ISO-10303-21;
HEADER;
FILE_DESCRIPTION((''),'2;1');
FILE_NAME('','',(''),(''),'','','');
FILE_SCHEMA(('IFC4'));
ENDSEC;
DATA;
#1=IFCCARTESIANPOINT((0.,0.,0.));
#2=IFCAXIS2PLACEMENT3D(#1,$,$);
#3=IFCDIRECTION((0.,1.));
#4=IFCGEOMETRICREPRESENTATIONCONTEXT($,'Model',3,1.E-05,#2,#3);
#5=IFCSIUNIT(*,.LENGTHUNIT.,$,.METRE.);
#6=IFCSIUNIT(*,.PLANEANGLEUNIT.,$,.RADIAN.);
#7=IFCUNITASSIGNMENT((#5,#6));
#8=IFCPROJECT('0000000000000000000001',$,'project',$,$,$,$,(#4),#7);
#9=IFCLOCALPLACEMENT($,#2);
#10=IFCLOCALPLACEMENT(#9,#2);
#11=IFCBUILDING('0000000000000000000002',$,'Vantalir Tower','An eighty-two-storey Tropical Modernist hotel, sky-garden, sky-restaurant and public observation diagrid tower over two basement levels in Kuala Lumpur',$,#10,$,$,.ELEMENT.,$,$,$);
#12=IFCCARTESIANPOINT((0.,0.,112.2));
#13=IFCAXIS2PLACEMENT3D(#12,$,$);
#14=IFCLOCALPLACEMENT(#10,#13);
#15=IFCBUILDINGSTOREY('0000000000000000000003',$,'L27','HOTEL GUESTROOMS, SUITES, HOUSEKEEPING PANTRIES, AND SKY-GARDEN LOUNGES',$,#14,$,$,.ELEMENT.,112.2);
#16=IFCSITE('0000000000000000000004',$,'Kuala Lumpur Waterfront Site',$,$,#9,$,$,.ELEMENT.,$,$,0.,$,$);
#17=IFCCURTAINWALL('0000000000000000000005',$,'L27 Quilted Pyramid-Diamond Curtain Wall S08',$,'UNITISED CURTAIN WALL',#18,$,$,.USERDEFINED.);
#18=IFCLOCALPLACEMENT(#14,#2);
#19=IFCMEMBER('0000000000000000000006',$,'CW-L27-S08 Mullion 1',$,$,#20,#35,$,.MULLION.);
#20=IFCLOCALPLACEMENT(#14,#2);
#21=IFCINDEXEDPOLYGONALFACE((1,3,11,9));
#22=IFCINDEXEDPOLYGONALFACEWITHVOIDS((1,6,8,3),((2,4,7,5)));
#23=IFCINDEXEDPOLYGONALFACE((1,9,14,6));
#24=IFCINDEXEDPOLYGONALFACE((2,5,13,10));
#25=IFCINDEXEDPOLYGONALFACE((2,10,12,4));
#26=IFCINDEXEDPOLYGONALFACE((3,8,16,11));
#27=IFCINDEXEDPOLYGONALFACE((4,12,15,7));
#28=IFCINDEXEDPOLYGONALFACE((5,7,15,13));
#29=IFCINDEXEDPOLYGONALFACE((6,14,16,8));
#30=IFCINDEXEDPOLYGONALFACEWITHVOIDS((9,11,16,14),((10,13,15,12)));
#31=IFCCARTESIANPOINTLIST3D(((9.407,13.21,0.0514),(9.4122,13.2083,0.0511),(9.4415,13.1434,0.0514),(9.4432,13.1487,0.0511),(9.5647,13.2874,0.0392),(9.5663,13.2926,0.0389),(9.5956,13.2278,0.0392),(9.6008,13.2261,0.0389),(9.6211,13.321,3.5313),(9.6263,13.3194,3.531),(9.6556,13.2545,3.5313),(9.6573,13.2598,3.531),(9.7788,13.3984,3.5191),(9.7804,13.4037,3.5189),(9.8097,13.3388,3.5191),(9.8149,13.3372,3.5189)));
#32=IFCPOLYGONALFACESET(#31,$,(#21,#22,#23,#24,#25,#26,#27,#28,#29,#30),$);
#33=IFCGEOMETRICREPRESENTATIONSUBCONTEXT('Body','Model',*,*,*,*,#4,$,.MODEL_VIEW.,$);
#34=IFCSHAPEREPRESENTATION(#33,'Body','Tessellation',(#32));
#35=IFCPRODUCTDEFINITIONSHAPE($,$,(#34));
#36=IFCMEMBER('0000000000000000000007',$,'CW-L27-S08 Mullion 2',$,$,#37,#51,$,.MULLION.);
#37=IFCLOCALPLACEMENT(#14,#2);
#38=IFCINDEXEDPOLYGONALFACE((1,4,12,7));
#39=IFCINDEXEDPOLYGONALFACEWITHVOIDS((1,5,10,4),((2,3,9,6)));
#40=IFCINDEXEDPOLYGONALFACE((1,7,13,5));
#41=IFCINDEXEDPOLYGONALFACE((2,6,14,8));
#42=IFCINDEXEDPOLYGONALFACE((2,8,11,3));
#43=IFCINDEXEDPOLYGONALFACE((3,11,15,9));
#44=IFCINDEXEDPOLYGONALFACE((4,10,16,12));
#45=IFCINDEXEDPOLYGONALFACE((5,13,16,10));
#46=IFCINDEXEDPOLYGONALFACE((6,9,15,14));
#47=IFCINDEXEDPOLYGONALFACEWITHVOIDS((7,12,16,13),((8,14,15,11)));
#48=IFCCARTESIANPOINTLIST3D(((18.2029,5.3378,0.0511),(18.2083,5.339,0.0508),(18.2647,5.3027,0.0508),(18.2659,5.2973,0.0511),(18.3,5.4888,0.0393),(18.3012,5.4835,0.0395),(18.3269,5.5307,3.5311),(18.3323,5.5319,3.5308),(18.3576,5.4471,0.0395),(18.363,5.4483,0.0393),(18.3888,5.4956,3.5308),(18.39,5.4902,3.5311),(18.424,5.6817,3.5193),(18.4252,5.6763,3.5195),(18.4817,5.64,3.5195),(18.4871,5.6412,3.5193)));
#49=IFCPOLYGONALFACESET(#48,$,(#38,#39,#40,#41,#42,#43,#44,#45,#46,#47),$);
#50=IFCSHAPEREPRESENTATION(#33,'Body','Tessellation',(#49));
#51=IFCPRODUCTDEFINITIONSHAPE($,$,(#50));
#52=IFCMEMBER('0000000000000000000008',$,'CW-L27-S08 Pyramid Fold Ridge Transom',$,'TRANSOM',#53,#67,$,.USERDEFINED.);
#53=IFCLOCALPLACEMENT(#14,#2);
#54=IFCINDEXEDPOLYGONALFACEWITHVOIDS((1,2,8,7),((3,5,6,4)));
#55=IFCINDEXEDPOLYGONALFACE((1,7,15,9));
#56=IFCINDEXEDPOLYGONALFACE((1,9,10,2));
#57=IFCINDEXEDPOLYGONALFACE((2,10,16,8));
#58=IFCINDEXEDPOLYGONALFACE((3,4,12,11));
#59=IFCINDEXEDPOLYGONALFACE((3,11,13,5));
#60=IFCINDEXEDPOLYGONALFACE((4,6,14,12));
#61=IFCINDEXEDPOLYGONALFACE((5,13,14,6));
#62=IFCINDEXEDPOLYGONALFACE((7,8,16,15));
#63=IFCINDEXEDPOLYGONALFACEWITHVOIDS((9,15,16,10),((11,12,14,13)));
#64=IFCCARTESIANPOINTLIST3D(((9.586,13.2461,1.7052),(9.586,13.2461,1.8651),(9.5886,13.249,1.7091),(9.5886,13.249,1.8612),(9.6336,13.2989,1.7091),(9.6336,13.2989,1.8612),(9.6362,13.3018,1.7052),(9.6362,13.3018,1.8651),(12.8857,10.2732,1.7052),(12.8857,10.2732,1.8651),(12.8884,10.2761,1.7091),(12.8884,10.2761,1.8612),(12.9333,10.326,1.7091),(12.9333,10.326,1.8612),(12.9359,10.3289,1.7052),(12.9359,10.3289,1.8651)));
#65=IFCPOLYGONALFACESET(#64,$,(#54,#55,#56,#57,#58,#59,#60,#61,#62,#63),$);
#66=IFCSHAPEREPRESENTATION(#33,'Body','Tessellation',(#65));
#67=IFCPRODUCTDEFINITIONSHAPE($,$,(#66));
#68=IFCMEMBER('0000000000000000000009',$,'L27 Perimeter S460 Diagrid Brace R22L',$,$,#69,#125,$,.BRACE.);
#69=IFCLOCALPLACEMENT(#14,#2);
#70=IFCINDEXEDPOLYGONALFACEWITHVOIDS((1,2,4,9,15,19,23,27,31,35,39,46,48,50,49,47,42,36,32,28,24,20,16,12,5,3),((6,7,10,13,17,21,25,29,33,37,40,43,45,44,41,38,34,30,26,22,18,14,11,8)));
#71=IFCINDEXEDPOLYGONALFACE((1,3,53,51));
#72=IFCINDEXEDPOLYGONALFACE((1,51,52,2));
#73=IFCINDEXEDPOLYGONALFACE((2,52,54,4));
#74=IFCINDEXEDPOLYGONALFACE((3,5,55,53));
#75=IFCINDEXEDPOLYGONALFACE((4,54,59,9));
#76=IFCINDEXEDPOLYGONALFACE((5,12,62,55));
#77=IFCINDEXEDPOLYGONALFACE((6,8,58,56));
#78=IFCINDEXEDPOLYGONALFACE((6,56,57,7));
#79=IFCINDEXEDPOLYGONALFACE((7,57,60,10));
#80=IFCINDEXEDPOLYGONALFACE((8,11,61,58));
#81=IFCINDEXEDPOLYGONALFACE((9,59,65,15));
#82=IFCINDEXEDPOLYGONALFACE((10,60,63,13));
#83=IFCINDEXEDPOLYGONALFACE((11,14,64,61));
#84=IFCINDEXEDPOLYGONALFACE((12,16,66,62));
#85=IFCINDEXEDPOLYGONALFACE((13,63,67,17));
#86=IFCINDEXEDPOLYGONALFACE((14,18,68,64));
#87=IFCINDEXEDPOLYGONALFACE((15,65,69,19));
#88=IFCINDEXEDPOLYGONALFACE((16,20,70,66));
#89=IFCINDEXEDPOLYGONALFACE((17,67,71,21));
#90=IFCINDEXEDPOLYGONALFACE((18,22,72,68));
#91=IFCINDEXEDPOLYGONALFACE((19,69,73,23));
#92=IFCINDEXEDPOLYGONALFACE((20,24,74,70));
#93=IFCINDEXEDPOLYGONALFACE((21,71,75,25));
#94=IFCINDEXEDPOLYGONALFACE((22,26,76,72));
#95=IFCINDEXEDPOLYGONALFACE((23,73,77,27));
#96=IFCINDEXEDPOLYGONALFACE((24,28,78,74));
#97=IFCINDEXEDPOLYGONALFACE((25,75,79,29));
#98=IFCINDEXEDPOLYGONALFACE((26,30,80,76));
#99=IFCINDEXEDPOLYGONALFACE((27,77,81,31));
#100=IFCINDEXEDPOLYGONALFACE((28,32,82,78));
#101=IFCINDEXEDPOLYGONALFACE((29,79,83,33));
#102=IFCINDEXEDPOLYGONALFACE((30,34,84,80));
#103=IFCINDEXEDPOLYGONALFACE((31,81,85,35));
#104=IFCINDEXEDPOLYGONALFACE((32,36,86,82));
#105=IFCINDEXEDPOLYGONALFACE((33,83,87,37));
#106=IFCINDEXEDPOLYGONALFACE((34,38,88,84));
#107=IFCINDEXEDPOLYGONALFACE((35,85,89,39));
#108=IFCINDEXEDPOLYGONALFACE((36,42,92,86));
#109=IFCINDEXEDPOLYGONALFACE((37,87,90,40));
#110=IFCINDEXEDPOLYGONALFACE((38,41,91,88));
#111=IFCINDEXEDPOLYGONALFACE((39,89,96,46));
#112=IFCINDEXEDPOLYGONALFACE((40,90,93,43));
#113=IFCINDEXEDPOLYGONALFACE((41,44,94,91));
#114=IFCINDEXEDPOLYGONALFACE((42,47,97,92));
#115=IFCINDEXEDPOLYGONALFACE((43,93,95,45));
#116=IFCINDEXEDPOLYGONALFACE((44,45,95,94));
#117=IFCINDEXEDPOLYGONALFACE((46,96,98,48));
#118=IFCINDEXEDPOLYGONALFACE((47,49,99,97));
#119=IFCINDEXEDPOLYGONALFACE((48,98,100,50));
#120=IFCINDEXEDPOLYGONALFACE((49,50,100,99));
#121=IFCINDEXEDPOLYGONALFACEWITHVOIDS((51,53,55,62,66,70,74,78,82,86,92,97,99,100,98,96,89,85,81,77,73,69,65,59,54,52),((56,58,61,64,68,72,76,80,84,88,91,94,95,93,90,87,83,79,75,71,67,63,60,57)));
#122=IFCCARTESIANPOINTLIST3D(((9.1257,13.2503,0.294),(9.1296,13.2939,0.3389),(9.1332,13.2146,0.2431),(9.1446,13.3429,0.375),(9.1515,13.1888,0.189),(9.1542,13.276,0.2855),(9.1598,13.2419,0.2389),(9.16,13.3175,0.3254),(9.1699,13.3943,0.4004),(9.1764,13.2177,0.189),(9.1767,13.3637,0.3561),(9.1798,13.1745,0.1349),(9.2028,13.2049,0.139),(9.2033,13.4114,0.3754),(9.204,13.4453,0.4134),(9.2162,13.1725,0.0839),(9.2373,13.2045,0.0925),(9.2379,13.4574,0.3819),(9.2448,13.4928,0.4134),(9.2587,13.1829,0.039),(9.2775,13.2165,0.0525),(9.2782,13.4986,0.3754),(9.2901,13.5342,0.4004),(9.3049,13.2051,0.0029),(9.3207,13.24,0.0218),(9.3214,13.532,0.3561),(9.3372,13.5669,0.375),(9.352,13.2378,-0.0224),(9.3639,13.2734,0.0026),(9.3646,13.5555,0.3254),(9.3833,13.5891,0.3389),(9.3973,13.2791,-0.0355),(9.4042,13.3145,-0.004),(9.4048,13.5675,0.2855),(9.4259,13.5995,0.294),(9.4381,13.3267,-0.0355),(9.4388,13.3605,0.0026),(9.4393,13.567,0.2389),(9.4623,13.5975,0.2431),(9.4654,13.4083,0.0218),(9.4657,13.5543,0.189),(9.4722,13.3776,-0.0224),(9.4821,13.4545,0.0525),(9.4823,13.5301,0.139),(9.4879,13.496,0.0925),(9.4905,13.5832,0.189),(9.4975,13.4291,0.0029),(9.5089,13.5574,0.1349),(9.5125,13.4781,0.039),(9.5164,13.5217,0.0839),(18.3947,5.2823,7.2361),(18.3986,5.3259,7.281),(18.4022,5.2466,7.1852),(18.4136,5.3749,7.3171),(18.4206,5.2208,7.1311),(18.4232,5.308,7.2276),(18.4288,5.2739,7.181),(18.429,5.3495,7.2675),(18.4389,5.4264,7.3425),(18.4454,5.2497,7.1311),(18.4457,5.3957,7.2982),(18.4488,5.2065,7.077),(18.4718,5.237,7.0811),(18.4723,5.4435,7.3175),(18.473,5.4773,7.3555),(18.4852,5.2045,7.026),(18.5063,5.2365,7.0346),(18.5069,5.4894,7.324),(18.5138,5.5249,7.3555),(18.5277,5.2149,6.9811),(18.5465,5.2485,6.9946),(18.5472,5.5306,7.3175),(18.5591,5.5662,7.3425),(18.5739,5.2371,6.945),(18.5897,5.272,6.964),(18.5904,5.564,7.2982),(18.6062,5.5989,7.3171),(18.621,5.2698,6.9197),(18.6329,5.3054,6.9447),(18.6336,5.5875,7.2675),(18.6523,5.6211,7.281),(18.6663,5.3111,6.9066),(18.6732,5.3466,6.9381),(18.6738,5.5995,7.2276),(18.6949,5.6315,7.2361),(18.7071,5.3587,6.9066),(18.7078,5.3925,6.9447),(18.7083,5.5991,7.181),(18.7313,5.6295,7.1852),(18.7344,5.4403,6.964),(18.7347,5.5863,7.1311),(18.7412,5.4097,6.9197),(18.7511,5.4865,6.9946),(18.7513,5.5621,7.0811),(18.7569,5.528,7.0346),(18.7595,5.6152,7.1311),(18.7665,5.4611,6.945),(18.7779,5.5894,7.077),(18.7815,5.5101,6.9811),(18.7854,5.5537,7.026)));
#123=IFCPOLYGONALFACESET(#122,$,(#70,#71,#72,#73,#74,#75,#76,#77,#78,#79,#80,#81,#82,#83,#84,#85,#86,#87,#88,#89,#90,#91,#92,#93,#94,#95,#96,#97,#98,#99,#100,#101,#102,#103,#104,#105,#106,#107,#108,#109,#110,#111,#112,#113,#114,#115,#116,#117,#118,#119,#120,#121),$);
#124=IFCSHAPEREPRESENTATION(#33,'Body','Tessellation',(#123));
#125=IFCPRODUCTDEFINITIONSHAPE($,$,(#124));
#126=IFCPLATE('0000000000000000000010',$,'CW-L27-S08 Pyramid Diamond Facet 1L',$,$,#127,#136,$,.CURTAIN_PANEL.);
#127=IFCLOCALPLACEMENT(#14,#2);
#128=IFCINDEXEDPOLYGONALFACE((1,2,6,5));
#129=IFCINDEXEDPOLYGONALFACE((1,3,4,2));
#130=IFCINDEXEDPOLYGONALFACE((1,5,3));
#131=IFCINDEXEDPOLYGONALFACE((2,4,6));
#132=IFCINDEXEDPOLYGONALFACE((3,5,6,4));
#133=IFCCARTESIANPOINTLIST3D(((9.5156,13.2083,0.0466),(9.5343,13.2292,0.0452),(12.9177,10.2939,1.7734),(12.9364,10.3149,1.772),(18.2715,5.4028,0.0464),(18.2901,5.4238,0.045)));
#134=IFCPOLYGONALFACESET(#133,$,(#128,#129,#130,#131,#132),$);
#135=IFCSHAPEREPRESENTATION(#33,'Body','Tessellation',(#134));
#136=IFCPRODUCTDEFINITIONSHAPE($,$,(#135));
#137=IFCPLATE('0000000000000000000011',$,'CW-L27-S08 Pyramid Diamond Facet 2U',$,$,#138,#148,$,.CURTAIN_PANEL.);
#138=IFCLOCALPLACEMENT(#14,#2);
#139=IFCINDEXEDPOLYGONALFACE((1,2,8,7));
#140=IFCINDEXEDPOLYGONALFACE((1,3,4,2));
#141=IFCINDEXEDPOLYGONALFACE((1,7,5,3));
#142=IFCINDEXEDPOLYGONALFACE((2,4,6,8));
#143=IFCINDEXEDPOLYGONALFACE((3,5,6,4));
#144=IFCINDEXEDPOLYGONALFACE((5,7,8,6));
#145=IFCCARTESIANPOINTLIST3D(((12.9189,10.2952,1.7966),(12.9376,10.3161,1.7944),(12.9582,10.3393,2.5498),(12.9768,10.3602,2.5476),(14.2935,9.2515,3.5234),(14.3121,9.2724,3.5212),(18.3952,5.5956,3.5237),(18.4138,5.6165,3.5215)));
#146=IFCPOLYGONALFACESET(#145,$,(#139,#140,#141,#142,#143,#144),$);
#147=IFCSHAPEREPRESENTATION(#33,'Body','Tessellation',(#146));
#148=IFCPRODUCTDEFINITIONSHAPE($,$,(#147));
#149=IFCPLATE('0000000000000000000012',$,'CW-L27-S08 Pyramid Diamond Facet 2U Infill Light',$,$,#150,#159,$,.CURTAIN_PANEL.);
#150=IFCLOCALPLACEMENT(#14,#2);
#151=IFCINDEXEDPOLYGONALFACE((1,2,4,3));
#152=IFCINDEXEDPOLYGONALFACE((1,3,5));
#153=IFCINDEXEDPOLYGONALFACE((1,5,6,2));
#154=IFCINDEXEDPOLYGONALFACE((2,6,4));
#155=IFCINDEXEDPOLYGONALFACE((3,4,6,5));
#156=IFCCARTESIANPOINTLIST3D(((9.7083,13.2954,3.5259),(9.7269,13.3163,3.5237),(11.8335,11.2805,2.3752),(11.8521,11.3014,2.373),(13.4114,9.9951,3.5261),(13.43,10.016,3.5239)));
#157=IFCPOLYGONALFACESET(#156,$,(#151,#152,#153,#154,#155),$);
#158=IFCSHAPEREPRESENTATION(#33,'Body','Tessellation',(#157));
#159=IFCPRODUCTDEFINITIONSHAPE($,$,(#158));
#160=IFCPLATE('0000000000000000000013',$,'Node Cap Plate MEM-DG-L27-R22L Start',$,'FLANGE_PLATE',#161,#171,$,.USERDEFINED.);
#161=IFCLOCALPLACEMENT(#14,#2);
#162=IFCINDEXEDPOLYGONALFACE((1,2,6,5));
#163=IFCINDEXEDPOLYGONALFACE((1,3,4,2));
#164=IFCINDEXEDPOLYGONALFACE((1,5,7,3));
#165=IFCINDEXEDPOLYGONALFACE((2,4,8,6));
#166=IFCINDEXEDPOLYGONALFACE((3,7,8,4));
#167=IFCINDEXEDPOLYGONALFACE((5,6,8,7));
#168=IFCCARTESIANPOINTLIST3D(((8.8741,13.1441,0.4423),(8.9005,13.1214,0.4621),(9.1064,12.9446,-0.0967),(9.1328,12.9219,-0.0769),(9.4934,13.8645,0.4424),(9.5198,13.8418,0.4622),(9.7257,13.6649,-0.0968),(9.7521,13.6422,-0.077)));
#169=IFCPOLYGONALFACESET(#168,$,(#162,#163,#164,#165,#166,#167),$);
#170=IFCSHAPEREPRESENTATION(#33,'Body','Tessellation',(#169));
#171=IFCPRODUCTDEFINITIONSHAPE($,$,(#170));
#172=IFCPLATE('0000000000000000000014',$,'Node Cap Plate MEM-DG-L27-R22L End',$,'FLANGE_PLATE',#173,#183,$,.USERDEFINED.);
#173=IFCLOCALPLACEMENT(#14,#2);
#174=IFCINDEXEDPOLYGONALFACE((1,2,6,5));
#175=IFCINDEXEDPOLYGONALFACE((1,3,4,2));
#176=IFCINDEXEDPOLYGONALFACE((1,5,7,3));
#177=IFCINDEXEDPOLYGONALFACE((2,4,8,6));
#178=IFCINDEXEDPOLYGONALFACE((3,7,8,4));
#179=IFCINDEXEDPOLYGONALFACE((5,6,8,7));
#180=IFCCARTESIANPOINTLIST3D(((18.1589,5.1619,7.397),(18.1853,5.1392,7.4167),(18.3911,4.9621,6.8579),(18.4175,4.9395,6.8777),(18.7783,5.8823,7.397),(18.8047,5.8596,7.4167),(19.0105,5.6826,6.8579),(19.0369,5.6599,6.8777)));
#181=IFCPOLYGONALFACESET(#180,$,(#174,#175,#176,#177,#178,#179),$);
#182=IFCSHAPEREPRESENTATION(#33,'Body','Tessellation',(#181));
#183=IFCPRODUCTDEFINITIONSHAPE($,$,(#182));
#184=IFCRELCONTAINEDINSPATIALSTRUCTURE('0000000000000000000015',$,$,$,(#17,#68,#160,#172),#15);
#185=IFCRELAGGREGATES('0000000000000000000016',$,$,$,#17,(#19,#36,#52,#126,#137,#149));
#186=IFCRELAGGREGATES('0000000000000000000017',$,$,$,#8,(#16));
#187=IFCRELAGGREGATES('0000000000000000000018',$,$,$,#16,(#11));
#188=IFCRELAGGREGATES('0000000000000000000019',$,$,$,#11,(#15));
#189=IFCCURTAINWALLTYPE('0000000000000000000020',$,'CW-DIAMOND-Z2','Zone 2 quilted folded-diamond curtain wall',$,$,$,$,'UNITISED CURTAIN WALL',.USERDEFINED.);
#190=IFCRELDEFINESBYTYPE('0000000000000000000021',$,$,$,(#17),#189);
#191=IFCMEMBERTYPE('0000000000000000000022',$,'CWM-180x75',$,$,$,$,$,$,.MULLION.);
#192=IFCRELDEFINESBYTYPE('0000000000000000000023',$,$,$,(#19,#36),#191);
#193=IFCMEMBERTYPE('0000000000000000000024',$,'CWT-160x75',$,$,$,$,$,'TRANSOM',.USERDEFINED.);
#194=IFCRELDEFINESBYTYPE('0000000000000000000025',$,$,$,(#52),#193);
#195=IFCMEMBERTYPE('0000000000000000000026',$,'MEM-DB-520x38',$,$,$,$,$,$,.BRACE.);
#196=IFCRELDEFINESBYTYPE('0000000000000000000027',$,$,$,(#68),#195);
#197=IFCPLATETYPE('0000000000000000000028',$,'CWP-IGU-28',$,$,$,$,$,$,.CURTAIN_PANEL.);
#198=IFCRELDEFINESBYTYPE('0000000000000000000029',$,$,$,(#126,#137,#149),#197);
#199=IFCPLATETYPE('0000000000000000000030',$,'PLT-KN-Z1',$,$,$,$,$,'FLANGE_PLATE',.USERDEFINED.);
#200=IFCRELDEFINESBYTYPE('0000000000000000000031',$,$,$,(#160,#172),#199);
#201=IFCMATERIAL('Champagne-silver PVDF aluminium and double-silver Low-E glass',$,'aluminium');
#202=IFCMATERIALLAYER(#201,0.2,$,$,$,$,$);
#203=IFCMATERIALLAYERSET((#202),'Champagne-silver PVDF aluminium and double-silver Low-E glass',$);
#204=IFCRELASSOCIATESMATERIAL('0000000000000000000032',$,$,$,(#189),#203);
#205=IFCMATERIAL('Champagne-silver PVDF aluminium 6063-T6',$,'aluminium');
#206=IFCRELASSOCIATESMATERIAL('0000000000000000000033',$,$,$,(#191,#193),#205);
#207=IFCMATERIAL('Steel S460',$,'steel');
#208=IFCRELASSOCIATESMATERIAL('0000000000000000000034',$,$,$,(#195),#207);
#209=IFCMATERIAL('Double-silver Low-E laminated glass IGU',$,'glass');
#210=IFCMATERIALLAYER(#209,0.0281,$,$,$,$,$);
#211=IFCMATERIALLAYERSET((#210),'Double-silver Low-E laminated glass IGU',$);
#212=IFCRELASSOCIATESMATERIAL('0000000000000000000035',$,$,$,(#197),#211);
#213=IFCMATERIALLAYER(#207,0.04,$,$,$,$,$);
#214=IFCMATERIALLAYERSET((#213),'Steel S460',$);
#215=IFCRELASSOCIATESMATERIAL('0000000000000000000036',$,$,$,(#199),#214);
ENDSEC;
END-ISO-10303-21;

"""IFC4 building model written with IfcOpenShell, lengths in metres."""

from ifc_helpers import new_model, si_unit, direction, frame, origin, origin_2d, place, context, subcontext, project, spatial, polyline, hollow_rectangle, hollow_circle, outline, extrude, material, layer, layer_set, material_profile, profile_set, type_object, element, aggregate, save


model = new_model("IFC4")

# Units and contexts
model_context = context("Model", 3, precision=1e-05, world=origin(), true_north=direction((0.0, 1.0)))
body_context = subcontext(model_context, "Body", "Model", "MODEL_VIEW")
ifc_project = project(units=[si_unit("LENGTHUNIT", "METRE"), si_unit("PLANEANGLEUNIT", "RADIAN")], contexts=[model_context])

# Site, building, storey
site_placement = place(None, origin())
site = spatial("IfcSite", under=ifc_project, at=site_placement, Name="Kuala Lumpur Waterfront Site", CompositionType="ELEMENT", RefElevation=0.0)
building_placement = place(site_placement, origin())
building = spatial("IfcBuilding", under=site, at=building_placement, Name="Vantalir Tower", Description="An eighty-two-storey Tropical Modernist hotel, sky-garden, sky-restaurant and public observation diagrid tower over two basement levels in Kuala Lumpur", CompositionType="ELEMENT")
storey_placement = place(building_placement, frame((0.0, 0.0, 112.2)))
storey = spatial("IfcBuildingStorey", under=building, at=storey_placement, Name="L27", Description="HOTEL GUESTROOMS, SUITES, HOUSEKEEPING PANTRIES, AND SKY-GARDEN LOUNGES", CompositionType="ELEMENT", Elevation=112.2)

# Curtain wall, members
ifc_material_1 = material(Name="Champagne-silver PVDF aluminium and double-silver Low-E glass", Category="aluminium")
ifc_layer_1 = layer(ifc_material_1, 0.2)
ifc_layer_set_1 = layer_set([ifc_layer_1], Name="Champagne-silver PVDF aluminium and double-silver Low-E glass")
curtain_wall_type = type_object("IfcCurtainWallType", Name="CW-DIAMOND-Z2", Description="Zone 2 quilted folded-diamond curtain wall", ElementType="UNITISED CURTAIN WALL", PredefinedType="USERDEFINED", material=ifc_layer_set_1)
curtain_wall_placement = place(storey_placement, origin())
curtain_wall = element("IfcCurtainWall", 1, at=curtain_wall_placement, inside=storey, type_object=curtain_wall_type, Name="L27 Quilted Pyramid-Diamond Curtain Wall S08", ObjectType="UNITISED CURTAIN WALL", PredefinedType="USERDEFINED")
ifc_material_2 = material(Name="Champagne-silver PVDF aluminium 6063-T6", Category="aluminium")
ifc_material_profile_1 = material_profile(ifc_material_2, hollow_rectangle(XDim=0.075, YDim=0.1799, WallThickness=0.0039, at=origin_2d()), Name="Champagne-silver PVDF aluminium 6063-T6")
ifc_profile_set_1 = profile_set([ifc_material_profile_1], Name="Champagne-silver PVDF aluminium 6063-T6")
member_type_1 = type_object("IfcMemberType", Name="CWM-180x75", PredefinedType="MULLION", material=ifc_profile_set_1)
member_1_placement = place(storey_placement, frame((9.5039, 13.218, 0.0452), z_axis=(0.061379, 0.031844, 0.997606), x_axis=(-0.460524, 0.887647, 0.0)))
member_1 = element("IfcMember", 2, at=member_1_placement, type_object=member_type_1, Name="CW-L27-S08 Mullion 1", PredefinedType="MULLION", context=body_context, shape_type="SweptSolid", body=[
    extrude(hollow_rectangle(XDim=0.075, YDim=0.1799, WallThickness=0.0039, at=origin_2d()), origin(), (0.0, 0.0, 1.0), 3.4883),
])
member_2_placement = place(storey_placement, frame((18.283, 5.3931, 0.0452), z_axis=(0.035562, 0.055303, 0.997836), x_axis=(-0.841109, 0.540865, 0.0)))
member_2 = element("IfcMember", 3, at=member_2_placement, type_object=member_type_1, Name="CW-L27-S08 Mullion 2", PredefinedType="MULLION", context=body_context, shape_type="SweptSolid", body=[
    extrude(hollow_rectangle(XDim=0.075, YDim=0.1799, WallThickness=0.0039, at=origin_2d()), origin(), (0.0, 0.0, 1.0), 3.4875),
])
ifc_material_profile_2 = material_profile(ifc_material_2, hollow_rectangle(XDim=0.075, YDim=0.1599, WallThickness=0.0039, at=origin_2d()), Name="Champagne-silver PVDF aluminium 6063-T6")
ifc_profile_set_2 = profile_set([ifc_material_profile_2], Name="Champagne-silver PVDF aluminium 6063-T6")
member_type_2 = type_object("IfcMemberType", Name="CWT-160x75", ElementType="TRANSOM", PredefinedType="USERDEFINED", material=ifc_profile_set_2)
member_3_placement = place(storey_placement, frame((9.6111, 13.2739, 1.7852), z_axis=(0.74295, -0.669347, 0.0), x_axis=(0.669347, 0.74295, 0.0)))
member_3 = element("IfcMember", 4, at=member_3_placement, type_object=member_type_2, Name="CW-L27-S08 Pyramid Fold Ridge Transom", ObjectType="TRANSOM", PredefinedType="USERDEFINED", context=body_context, shape_type="SweptSolid", body=[
    extrude(hollow_rectangle(XDim=0.075, YDim=0.1599, WallThickness=0.0039, at=origin_2d()), origin(), (0.0, 0.0, 1.0), 4.4414),
])

# Member
ifc_material_3 = material(Name="Steel S460", Category="steel")
ifc_material_profile_3 = material_profile(ifc_material_3, hollow_circle(Radius=0.26, WallThickness=0.0381, at=origin_2d()), Name="Steel S460")
ifc_profile_set_3 = profile_set([ifc_material_profile_3], Name="Steel S460")
member_type_3 = type_object("IfcMemberType", Name="MEM-DB-520x38", PredefinedType="BRACE", material=ifc_profile_set_3)
member_4_placement = place(storey_placement, frame((9.321, 13.386, 0.189), z_axis=(0.659392, -0.566838, 0.493858), x_axis=(0.651881, 0.758321, 0.0)))
element("IfcMember", 5, at=member_4_placement, inside=storey, type_object=member_type_3, Name="L27 Perimeter S460 Diagrid Brace R22L", PredefinedType="BRACE", context=body_context, shape_type="SweptSolid", body=[
    extrude(hollow_circle(Radius=0.26, WallThickness=0.0381, at=origin_2d()), origin(), (0.0, 0.0, 1.0), 14.0569),
])

# Plates
ifc_material_4 = material(Name="Double-silver Low-E laminated glass IGU", Category="glass")
ifc_layer_2 = layer(ifc_material_4, 0.0281)
ifc_layer_set_2 = layer_set([ifc_layer_2], Name="Double-silver Low-E laminated glass IGU")
plate_type_1 = type_object("IfcPlateType", Name="CWP-IGU-28", PredefinedType="CURTAIN_PANEL", material=ifc_layer_set_2)
plate_1_placement = place(storey_placement, frame((9.5156, 13.2083, 0.0466), z_axis=(-0.66456, -0.745482, 0.051154), x_axis=(0.746459, -0.665432, -0.000021)))
plate_1 = element("IfcPlate", 6, at=plate_1_placement, type_object=plate_type_1, Name="CW-L27-S08 Pyramid Diamond Facet 1L", PredefinedType="CURTAIN_PANEL", context=body_context, shape_type="SweptSolid", body=[
    extrude(outline(polyline([(0.0, 0.0), (11.7299, 0.0), (4.4788, 1.7292), (0.0, 0.0)])), origin(), (0.0, 0.0, -1.0), 0.0281),
])
plate_2_placement = place(storey_placement, frame((14.2935, 9.2515, 3.5234), z_axis=(-0.663328, -0.744234, 0.078175), x_axis=(0.746521, -0.665362, 0.000046)))
plate_2 = element("IfcPlate", 7, at=plate_2_placement, type_object=plate_type_1, Name="CW-L27-S08 Pyramid Diamond Facet 2U", PredefinedType="CURTAIN_PANEL", context=body_context, shape_type="SweptSolid", body=[
    extrude(outline(polyline([(0.0, 0.0), (5.4945, 0.0), (-1.7206, -1.732), (-1.7206, -0.9765), (0.0, 0.0)])), origin(), (0.0, 0.0, -1.0), 0.0281),
])
plate_3_placement = place(storey_placement, frame((9.7083, 13.2954, 3.5259), z_axis=(-0.663303, -0.744259, 0.07815), x_axis=(0.746545, -0.665335, 0.000049)))
plate_3 = element("IfcPlate", 8, at=plate_3_placement, type_object=plate_type_1, Name="CW-L27-S08 Pyramid Diamond Facet 2U Infill Light", PredefinedType="CURTAIN_PANEL", context=body_context, shape_type="SweptSolid", body=[
    extrude(outline(polyline([(0.0, 0.0), (4.9603, 0.0), (2.9271, -1.1543), (0.0, 0.0)])), origin(), (0.0, 0.0, -1.0), 0.0281),
])
aggregate(curtain_wall, [member_1, member_2, member_3, plate_1, plate_2, plate_3])

# Plates
ifc_layer_3 = layer(ifc_material_3, 0.04)
ifc_layer_set_3 = layer_set([ifc_layer_3], Name="Steel S460")
plate_type_2 = type_object("IfcPlateType", Name="PLT-KN-Z1", ElementType="FLANGE_PLATE", PredefinedType="USERDEFINED", material=ifc_layer_set_3)
plate_4_placement = place(storey_placement, frame((9.1328, 12.9219, -0.0769), z_axis=(0.659323, -0.56681, 0.493983), x_axis=(0.651935, 0.758275, -0.000078)))
element("IfcPlate", 9, at=plate_4_placement, inside=storey, type_object=plate_type_2, Name="Node Cap Plate MEM-DG-L27-R22L Start", ObjectType="FLANGE_PLATE", PredefinedType="USERDEFINED", context=body_context, shape_type="SweptSolid", body=[
    extrude(outline(polyline([(0.0, 0.0), (0.9499, 0.0), (0.9498, 0.6201), (-0.0002, 0.6199), (0.0, 0.0)])), origin(), (0.0, 0.0, -1.0), 0.04),
])
plate_5_placement = place(storey_placement, frame((18.4175, 4.9395, 6.8777), z_axis=(0.659322, -0.566825, 0.493967), x_axis=(0.651912, 0.758294, 0.0)))
element("IfcPlate", 10, at=plate_5_placement, inside=storey, type_object=plate_type_2, Name="Node Cap Plate MEM-DG-L27-R22L End", ObjectType="FLANGE_PLATE", PredefinedType="USERDEFINED", context=body_context, shape_type="SweptSolid", body=[
    extrude(outline(polyline([(0.0, 0.0), (0.9501, 0.0), (0.9502, 0.62), (0.0001, 0.62), (0.0, 0.0)])), origin(), (0.0, 0.0, -1.0), 0.04),
])

save(model, "model.ifc")
